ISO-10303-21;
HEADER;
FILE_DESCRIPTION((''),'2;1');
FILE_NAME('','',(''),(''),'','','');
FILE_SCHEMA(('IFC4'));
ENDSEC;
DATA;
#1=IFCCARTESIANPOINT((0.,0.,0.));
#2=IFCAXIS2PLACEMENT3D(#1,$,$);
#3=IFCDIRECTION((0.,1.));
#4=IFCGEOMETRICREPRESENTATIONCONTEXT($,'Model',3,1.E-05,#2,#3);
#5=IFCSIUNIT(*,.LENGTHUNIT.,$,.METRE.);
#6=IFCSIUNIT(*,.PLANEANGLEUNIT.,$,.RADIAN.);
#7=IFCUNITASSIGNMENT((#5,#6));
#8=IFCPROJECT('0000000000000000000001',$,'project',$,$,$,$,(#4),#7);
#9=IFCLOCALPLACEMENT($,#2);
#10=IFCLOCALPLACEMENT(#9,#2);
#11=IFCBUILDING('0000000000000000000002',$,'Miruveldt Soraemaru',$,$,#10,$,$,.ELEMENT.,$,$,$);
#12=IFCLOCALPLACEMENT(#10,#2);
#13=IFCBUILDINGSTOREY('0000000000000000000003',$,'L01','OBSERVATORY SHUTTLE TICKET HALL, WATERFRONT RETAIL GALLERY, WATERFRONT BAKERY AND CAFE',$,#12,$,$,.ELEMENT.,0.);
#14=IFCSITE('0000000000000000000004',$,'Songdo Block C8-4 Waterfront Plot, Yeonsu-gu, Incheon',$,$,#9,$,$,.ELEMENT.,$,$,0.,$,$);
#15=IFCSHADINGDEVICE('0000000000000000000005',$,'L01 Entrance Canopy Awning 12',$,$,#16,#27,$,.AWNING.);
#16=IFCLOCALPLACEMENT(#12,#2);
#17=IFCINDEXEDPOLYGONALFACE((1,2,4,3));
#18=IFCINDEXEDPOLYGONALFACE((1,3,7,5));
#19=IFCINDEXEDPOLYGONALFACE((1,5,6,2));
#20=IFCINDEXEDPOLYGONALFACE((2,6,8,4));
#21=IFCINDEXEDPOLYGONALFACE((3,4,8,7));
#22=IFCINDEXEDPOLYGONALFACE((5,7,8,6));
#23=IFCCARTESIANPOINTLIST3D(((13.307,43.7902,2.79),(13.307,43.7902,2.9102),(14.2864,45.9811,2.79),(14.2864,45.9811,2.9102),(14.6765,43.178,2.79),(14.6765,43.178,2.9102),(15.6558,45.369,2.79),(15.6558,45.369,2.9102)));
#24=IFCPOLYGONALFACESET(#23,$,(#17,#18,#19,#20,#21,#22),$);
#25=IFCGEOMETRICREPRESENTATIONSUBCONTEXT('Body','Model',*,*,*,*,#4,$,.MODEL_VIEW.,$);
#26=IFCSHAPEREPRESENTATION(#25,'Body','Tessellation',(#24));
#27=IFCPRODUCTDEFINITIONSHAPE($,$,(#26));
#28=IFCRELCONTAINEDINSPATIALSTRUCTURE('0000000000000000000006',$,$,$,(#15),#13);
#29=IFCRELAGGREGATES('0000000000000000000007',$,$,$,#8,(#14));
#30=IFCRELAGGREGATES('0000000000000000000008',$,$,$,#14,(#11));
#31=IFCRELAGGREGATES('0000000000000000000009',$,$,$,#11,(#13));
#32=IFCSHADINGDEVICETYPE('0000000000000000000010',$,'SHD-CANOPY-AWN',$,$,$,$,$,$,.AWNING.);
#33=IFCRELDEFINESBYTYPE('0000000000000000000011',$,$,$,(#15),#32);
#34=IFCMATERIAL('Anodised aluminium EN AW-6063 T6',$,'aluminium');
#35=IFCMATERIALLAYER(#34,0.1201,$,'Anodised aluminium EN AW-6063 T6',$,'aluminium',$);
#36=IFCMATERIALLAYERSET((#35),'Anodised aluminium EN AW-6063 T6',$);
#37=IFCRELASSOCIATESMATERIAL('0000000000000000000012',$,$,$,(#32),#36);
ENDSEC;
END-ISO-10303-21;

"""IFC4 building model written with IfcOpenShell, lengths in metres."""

from ifc_helpers import new_model, si_unit, direction, frame, origin, origin_2d, place, context, subcontext, project, spatial, rectangle, extrude, material, layer, layer_set, type_object, element, save


model = new_model("IFC4")

# Units and contexts
model_context = context("Model", 3, precision=1e-05, world=origin(), true_north=direction((0.0, 1.0)))
body_context = subcontext(model_context, "Body", "Model", "MODEL_VIEW")
ifc_project = project(units=[si_unit("LENGTHUNIT", "METRE"), si_unit("PLANEANGLEUNIT", "RADIAN")], contexts=[model_context])

# Site, building, storey
site_placement = place(None, origin())
site = spatial("IfcSite", under=ifc_project, at=site_placement, Name="Songdo Block C8-4 Waterfront Plot, Yeonsu-gu, Incheon", CompositionType="ELEMENT", RefElevation=0.0)
building_placement = place(site_placement, origin())
building = spatial("IfcBuilding", under=site, at=building_placement, Name="Miruveldt Soraemaru", CompositionType="ELEMENT")
storey_placement = place(building_placement, origin())
storey = spatial("IfcBuildingStorey", under=building, at=storey_placement, Name="L01", Description="OBSERVATORY SHUTTLE TICKET HALL, WATERFRONT RETAIL GALLERY, WATERFRONT BAKERY AND CAFE", CompositionType="ELEMENT", Elevation=0.0)

# Shared definitions
ifc_material_1 = material(Name="Anodised aluminium EN AW-6063 T6", Category="aluminium")

# Shading device
ifc_layer_1 = layer(ifc_material_1, 0.1201, Name="Anodised aluminium EN AW-6063 T6", Category="aluminium")
ifc_layer_set_1 = layer_set([ifc_layer_1], Name="Anodised aluminium EN AW-6063 T6")
shading_device_type = type_object("IfcShadingDeviceType", Name="SHD-CANOPY-AWN", PredefinedType="AWNING", material=ifc_layer_set_1)
shading_device_placement = place(storey_placement, frame((14.4814, 44.5796, 2.79), z_axis=(0.0, 0.0, 1.0), x_axis=(-0.408091, -0.912941, 0.0)))
element("IfcShadingDevice", 1, at=shading_device_placement, inside=storey, type_object=shading_device_type, Name="L01 Entrance Canopy Awning 12", PredefinedType="AWNING", context=body_context, shape_type="SweptSolid", body=[
    extrude(rectangle(XDim=2.3999, YDim=1.5, at=origin_2d()), origin(), (0.0, 0.0, 1.0), 0.1201),
])

save(model, "model.ifc")
